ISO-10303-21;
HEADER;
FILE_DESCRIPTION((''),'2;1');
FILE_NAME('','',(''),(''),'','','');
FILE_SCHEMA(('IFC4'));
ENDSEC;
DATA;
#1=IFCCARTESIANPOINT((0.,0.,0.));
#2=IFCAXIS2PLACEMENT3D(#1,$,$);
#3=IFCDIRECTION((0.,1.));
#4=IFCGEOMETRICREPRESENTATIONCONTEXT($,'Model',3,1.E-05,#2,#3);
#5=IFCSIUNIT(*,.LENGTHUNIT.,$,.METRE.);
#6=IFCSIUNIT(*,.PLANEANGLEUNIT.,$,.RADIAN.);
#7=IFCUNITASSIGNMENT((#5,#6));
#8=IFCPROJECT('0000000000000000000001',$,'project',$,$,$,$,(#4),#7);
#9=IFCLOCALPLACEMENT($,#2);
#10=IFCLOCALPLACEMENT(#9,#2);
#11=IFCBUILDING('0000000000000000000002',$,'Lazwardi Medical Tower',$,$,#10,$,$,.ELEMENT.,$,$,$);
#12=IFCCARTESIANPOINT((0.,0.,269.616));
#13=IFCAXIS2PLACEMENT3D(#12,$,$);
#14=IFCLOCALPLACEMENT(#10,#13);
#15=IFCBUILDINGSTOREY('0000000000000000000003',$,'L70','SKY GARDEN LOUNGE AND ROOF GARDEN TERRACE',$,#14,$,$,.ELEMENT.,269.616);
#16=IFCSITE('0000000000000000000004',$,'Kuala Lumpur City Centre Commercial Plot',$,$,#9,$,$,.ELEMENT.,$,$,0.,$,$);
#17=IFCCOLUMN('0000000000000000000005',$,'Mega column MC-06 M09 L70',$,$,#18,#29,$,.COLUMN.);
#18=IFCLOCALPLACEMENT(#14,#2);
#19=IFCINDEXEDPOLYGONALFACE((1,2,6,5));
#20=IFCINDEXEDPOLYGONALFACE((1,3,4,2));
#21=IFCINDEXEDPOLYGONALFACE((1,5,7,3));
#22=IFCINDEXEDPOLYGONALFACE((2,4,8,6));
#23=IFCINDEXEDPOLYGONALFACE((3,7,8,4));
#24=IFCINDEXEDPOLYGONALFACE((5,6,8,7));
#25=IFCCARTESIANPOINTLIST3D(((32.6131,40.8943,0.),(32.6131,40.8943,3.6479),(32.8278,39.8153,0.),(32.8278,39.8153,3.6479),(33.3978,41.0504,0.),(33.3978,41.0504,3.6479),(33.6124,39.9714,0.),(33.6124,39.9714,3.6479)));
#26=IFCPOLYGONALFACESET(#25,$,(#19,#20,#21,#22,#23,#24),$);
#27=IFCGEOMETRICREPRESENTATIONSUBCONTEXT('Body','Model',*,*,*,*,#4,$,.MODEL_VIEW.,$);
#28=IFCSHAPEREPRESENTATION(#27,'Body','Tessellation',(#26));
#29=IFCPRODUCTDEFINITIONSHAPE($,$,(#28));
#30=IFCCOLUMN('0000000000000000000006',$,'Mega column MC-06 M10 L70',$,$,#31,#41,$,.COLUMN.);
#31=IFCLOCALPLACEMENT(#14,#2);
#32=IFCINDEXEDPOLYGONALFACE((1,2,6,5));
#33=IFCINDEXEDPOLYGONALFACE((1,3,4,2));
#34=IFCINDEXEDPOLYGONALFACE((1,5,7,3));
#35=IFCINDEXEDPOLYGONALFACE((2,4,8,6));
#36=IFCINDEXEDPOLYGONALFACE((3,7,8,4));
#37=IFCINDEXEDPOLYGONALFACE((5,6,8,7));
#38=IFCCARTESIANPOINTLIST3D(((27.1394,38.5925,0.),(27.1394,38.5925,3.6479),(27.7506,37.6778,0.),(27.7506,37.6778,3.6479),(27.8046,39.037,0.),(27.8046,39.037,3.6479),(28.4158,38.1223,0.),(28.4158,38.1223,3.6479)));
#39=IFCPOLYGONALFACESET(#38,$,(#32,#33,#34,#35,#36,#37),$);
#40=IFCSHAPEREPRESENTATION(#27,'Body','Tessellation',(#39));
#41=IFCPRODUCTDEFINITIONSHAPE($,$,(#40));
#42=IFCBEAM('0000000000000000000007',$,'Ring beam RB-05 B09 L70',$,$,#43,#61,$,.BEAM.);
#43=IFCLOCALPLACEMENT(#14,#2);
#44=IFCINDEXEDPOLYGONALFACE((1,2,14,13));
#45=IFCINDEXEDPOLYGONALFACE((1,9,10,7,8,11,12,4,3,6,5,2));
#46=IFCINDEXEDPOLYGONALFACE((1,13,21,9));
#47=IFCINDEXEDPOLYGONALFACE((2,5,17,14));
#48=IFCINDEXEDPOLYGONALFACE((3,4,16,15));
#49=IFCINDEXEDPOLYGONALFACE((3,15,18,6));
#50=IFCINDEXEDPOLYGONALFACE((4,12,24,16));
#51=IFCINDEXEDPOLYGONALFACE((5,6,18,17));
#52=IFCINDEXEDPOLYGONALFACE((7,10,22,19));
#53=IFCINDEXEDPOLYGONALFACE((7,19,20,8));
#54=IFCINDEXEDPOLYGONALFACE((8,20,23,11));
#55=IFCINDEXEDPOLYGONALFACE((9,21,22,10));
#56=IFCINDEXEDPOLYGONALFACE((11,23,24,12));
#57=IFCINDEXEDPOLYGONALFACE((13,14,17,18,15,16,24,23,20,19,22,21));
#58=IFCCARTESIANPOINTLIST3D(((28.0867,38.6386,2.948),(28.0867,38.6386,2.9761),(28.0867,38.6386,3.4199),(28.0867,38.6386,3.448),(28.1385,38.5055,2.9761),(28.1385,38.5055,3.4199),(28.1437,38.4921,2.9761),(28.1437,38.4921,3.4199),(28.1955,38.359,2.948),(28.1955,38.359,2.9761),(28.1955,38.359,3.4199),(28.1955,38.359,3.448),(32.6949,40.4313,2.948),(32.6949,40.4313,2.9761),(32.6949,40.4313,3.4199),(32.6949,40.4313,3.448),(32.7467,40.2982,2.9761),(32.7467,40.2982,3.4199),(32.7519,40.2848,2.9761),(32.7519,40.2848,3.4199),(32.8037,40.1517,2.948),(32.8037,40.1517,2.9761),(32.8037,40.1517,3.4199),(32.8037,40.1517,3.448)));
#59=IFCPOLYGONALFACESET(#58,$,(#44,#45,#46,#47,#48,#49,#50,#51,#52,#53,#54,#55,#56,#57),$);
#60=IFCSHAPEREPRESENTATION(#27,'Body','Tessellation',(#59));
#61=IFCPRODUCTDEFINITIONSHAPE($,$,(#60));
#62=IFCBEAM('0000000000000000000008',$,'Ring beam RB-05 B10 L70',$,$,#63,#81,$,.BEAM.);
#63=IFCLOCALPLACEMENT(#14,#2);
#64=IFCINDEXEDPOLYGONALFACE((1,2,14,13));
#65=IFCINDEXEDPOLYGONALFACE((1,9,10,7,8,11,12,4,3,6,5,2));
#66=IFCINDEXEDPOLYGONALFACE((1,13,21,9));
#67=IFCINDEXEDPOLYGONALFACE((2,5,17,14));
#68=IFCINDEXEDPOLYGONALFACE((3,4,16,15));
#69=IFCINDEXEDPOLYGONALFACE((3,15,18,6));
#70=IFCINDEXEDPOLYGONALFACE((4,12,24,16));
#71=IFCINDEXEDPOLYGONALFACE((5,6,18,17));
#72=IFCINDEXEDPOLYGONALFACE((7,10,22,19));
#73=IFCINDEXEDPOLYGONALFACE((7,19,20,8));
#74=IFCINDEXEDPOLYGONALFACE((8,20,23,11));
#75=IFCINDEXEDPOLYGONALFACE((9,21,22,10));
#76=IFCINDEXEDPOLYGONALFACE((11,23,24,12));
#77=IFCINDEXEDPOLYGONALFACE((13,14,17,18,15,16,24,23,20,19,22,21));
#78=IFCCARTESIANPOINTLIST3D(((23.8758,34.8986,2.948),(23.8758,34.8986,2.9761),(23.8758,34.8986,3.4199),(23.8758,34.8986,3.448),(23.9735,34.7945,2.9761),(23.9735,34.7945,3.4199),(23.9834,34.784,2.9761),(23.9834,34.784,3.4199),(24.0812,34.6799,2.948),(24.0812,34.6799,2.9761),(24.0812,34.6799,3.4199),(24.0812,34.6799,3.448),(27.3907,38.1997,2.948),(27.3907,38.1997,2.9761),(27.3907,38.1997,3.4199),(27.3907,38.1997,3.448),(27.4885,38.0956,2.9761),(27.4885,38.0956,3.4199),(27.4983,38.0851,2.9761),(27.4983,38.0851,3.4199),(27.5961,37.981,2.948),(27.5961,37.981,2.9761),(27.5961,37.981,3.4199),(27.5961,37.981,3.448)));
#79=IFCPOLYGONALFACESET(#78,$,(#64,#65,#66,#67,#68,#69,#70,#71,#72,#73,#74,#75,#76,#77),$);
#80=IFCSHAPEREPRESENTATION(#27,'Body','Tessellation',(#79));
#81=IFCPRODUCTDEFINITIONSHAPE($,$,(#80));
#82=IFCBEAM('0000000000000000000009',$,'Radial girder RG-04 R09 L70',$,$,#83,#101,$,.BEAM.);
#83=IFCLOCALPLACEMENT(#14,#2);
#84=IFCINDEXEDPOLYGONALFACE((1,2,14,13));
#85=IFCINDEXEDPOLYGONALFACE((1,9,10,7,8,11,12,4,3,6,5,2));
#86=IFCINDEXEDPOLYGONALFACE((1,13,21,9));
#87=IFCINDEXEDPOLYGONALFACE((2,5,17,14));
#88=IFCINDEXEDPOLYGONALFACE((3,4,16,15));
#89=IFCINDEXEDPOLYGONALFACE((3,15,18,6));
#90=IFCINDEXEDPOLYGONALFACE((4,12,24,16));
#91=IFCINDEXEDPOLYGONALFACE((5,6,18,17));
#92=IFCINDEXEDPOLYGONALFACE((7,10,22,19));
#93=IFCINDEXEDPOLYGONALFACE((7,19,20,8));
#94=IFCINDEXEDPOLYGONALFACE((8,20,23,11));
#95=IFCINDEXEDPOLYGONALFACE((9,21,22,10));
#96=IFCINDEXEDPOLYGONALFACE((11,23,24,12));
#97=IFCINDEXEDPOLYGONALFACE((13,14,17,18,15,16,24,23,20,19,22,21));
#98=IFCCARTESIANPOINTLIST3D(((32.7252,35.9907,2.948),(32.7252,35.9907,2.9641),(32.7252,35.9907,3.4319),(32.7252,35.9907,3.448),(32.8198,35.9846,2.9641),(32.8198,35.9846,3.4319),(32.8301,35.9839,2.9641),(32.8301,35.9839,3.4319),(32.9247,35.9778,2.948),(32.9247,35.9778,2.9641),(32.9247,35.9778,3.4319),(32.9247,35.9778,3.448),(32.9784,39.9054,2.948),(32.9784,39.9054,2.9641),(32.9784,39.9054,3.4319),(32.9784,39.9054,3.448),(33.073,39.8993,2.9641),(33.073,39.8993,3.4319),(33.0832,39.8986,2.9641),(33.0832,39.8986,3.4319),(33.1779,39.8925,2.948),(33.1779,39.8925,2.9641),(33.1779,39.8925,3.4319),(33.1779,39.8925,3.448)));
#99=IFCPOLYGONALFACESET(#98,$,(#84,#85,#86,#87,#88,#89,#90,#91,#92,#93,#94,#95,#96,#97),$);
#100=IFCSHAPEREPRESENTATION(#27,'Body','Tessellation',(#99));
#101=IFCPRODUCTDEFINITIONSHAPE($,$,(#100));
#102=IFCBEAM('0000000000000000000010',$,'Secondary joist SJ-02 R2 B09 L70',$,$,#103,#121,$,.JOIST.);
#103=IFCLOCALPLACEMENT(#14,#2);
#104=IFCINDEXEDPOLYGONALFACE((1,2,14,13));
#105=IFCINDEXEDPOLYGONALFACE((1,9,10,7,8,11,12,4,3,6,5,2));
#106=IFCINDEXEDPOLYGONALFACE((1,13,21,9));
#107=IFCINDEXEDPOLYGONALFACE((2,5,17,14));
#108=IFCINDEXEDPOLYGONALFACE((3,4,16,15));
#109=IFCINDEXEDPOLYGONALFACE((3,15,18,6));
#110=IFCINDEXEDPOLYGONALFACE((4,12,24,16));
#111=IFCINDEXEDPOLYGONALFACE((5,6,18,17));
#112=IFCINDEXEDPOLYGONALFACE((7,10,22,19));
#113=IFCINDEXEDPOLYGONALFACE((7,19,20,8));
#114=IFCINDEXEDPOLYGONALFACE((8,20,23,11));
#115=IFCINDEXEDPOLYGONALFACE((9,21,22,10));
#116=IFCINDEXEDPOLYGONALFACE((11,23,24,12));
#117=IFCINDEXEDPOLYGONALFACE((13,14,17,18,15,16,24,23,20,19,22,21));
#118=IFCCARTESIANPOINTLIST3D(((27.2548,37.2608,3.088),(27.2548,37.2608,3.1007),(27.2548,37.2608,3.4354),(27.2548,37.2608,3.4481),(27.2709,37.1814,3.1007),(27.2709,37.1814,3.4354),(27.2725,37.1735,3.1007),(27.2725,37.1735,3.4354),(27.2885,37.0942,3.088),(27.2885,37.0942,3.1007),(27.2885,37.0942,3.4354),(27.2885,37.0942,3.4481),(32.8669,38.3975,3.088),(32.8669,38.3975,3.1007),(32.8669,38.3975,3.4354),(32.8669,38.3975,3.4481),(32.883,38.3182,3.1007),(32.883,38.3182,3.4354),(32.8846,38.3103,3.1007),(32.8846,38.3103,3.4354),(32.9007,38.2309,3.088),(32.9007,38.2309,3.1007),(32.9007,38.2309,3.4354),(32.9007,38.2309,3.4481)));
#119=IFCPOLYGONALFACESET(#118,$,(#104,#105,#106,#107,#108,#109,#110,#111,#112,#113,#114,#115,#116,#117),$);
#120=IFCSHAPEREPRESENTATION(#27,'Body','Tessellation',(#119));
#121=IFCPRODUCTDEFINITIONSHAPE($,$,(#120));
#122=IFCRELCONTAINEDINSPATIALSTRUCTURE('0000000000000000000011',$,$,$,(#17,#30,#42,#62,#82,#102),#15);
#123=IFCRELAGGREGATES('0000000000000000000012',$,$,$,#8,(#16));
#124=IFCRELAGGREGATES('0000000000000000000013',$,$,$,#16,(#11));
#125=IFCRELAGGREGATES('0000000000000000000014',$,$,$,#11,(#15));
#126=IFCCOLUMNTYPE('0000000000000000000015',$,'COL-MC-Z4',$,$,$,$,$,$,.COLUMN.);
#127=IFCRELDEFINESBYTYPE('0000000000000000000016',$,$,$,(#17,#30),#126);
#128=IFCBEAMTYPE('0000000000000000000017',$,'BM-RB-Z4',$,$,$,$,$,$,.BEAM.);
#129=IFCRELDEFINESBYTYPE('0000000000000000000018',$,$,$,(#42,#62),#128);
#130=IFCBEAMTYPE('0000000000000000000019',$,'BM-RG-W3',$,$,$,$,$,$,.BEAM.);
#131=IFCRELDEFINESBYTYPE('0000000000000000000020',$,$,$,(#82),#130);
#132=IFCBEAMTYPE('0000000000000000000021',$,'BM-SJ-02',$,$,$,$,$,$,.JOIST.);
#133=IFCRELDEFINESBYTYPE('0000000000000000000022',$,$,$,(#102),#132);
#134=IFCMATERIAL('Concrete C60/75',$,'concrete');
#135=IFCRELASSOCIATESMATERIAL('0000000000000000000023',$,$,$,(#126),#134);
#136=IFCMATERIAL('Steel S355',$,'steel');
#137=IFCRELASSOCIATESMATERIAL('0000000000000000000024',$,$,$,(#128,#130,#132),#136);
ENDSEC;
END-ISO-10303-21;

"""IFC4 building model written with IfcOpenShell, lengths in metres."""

from ifc_helpers import new_model, si_unit, direction, frame, origin, origin_2d, place, context, subcontext, project, spatial, rectangle, i_section, extrude, material, material_profile, profile_set, type_object, element, save


model = new_model("IFC4")

# Units and contexts
model_context = context("Model", 3, precision=1e-05, world=origin(), true_north=direction((0.0, 1.0)))
body_context = subcontext(model_context, "Body", "Model", "MODEL_VIEW")
ifc_project = project(units=[si_unit("LENGTHUNIT", "METRE"), si_unit("PLANEANGLEUNIT", "RADIAN")], contexts=[model_context])

# Site, building, storey
site_placement = place(None, origin())
site = spatial("IfcSite", under=ifc_project, at=site_placement, Name="Kuala Lumpur City Centre Commercial Plot", CompositionType="ELEMENT", RefElevation=0.0)
building_placement = place(site_placement, origin())
building = spatial("IfcBuilding", under=site, at=building_placement, Name="Lazwardi Medical Tower", CompositionType="ELEMENT")
storey_placement = place(building_placement, frame((0.0, 0.0, 269.616)))
storey = spatial("IfcBuildingStorey", under=building, at=storey_placement, Name="L70", Description="SKY GARDEN LOUNGE AND ROOF GARDEN TERRACE", CompositionType="ELEMENT", Elevation=269.616)

# Columns
ifc_material_1 = material(Name="Concrete C60/75", Category="concrete")
ifc_material_profile_1 = material_profile(ifc_material_1, rectangle(XDim=1.1001, YDim=0.8, at=origin_2d()), Name="CFT-RECT 1100x800")
ifc_profile_set_1 = profile_set([ifc_material_profile_1], Name="Concrete C60/75")
column_type = type_object("IfcColumnType", Name="COL-MC-Z4", PredefinedType="COLUMN", material=ifc_profile_set_1)
for number, where, z_axis, x_axis, name in (
    (1, (33.1128, 40.4329, 0.0), (0.0, 0.0, 1.0), (-0.19509, 0.980785, 0.0), "Mega column MC-06 M09 L70"),
    (2, (27.7776, 38.3574, 0.0), (0.0, 0.0, 1.0), (-0.55557, 0.83147, 0.0), "Mega column MC-06 M10 L70"),
):
    element("IfcColumn", number, at=place(storey_placement, frame(where, z_axis=z_axis, x_axis=x_axis)), inside=storey, type_object=column_type, Name=name, PredefinedType="COLUMN", context=body_context, shape_type="SweptSolid", body=[
        extrude(rectangle(XDim=1.1001, YDim=0.8, at=origin_2d()), origin(), (0.0, 0.0, 1.0), 3.6479),
    ])

# Beams
ifc_material_2 = material(Name="Steel S355", Category="steel")
ifc_material_profile_2 = material_profile(ifc_material_2, i_section(OverallWidth=0.3, OverallDepth=0.5, WebThickness=0.0144, FlangeThickness=0.0281, at=origin_2d()), Name="HEB 500")
ifc_profile_set_2 = profile_set([ifc_material_profile_2], Name="Steel S355")
beam_type_1 = type_object("IfcBeamType", Name="BM-RB-Z4", PredefinedType="BEAM", material=ifc_profile_set_2)
beam_1_placement = place(storey_placement, frame((32.7493, 40.2915, 3.198), z_axis=(-0.931959, -0.362563, 0.0), x_axis=(0.362563, -0.931959, 0.0)))
element("IfcBeam", 3, at=beam_1_placement, inside=storey, type_object=beam_type_1, Name="Ring beam RB-05 B09 L70", PredefinedType="BEAM", context=body_context, shape_type="SweptSolid", body=[
    extrude(i_section(OverallWidth=0.3, OverallDepth=0.5, WebThickness=0.0144, FlangeThickness=0.0281, at=origin_2d()), origin(), (0.0, 0.0, 1.0), 4.9446),
])
beam_2_placement = place(storey_placement, frame((27.4934, 38.0903, 3.198), z_axis=(-0.728935, -0.684583, 0.0), x_axis=(0.684583, -0.728935, 0.0)))
element("IfcBeam", 4, at=beam_2_placement, inside=storey, type_object=beam_type_1, Name="Ring beam RB-05 B10 L70", PredefinedType="BEAM", context=body_context, shape_type="SweptSolid", body=[
    extrude(i_section(OverallWidth=0.3, OverallDepth=0.5, WebThickness=0.0144, FlangeThickness=0.0281, at=origin_2d()), origin(), (0.0, 0.0, 1.0), 4.822),
])
ifc_material_profile_3 = material_profile(ifc_material_2, i_section(OverallWidth=0.2, OverallDepth=0.5, WebThickness=0.0103, FlangeThickness=0.0161, at=origin_2d()), Name="IPE 500")
ifc_profile_set_3 = profile_set([ifc_material_profile_3], Name="Steel S355")
beam_type_2 = type_object("IfcBeamType", Name="BM-RG-W3", PredefinedType="BEAM", material=ifc_profile_set_3)
beam_3_placement = place(storey_placement, frame((33.0781, 39.8989, 3.198), z_axis=(-0.064536, -0.997915, 0.0), x_axis=(0.997915, -0.064536, 0.0)))
element("IfcBeam", 5, at=beam_3_placement, inside=storey, type_object=beam_type_2, Name="Radial girder RG-04 R09 L70", PredefinedType="BEAM", context=body_context, shape_type="SweptSolid", body=[
    extrude(i_section(OverallWidth=0.2, OverallDepth=0.5, WebThickness=0.0103, FlangeThickness=0.0161, at=origin_2d()), origin(), (0.0, 0.0, 1.0), 3.9229),
])
ifc_material_profile_4 = material_profile(ifc_material_2, i_section(OverallWidth=0.1699, OverallDepth=0.3601, WebThickness=0.0081, FlangeThickness=0.0127, at=origin_2d()), Name="IPE 360")
ifc_profile_set_4 = profile_set([ifc_material_profile_4], Name="Steel S355")
beam_type_3 = type_object("IfcBeamType", Name="BM-SJ-02", PredefinedType="JOIST", material=ifc_profile_set_4)
beam_4_placement = place(storey_placement, frame((32.8838, 38.3142, 3.2681), z_axis=(-0.980097, -0.198518, 0.0), x_axis=(0.198518, -0.980097, 0.0)))
element("IfcBeam", 6, at=beam_4_placement, inside=storey, type_object=beam_type_3, Name="Secondary joist SJ-02 R2 B09 L70", PredefinedType="JOIST", context=body_context, shape_type="SweptSolid", body=[
    extrude(i_section(OverallWidth=0.1699, OverallDepth=0.3601, WebThickness=0.0081, FlangeThickness=0.0127, at=origin_2d()), origin(), (0.0, 0.0, 1.0), 5.7261),
])

save(model, "model.ifc")
